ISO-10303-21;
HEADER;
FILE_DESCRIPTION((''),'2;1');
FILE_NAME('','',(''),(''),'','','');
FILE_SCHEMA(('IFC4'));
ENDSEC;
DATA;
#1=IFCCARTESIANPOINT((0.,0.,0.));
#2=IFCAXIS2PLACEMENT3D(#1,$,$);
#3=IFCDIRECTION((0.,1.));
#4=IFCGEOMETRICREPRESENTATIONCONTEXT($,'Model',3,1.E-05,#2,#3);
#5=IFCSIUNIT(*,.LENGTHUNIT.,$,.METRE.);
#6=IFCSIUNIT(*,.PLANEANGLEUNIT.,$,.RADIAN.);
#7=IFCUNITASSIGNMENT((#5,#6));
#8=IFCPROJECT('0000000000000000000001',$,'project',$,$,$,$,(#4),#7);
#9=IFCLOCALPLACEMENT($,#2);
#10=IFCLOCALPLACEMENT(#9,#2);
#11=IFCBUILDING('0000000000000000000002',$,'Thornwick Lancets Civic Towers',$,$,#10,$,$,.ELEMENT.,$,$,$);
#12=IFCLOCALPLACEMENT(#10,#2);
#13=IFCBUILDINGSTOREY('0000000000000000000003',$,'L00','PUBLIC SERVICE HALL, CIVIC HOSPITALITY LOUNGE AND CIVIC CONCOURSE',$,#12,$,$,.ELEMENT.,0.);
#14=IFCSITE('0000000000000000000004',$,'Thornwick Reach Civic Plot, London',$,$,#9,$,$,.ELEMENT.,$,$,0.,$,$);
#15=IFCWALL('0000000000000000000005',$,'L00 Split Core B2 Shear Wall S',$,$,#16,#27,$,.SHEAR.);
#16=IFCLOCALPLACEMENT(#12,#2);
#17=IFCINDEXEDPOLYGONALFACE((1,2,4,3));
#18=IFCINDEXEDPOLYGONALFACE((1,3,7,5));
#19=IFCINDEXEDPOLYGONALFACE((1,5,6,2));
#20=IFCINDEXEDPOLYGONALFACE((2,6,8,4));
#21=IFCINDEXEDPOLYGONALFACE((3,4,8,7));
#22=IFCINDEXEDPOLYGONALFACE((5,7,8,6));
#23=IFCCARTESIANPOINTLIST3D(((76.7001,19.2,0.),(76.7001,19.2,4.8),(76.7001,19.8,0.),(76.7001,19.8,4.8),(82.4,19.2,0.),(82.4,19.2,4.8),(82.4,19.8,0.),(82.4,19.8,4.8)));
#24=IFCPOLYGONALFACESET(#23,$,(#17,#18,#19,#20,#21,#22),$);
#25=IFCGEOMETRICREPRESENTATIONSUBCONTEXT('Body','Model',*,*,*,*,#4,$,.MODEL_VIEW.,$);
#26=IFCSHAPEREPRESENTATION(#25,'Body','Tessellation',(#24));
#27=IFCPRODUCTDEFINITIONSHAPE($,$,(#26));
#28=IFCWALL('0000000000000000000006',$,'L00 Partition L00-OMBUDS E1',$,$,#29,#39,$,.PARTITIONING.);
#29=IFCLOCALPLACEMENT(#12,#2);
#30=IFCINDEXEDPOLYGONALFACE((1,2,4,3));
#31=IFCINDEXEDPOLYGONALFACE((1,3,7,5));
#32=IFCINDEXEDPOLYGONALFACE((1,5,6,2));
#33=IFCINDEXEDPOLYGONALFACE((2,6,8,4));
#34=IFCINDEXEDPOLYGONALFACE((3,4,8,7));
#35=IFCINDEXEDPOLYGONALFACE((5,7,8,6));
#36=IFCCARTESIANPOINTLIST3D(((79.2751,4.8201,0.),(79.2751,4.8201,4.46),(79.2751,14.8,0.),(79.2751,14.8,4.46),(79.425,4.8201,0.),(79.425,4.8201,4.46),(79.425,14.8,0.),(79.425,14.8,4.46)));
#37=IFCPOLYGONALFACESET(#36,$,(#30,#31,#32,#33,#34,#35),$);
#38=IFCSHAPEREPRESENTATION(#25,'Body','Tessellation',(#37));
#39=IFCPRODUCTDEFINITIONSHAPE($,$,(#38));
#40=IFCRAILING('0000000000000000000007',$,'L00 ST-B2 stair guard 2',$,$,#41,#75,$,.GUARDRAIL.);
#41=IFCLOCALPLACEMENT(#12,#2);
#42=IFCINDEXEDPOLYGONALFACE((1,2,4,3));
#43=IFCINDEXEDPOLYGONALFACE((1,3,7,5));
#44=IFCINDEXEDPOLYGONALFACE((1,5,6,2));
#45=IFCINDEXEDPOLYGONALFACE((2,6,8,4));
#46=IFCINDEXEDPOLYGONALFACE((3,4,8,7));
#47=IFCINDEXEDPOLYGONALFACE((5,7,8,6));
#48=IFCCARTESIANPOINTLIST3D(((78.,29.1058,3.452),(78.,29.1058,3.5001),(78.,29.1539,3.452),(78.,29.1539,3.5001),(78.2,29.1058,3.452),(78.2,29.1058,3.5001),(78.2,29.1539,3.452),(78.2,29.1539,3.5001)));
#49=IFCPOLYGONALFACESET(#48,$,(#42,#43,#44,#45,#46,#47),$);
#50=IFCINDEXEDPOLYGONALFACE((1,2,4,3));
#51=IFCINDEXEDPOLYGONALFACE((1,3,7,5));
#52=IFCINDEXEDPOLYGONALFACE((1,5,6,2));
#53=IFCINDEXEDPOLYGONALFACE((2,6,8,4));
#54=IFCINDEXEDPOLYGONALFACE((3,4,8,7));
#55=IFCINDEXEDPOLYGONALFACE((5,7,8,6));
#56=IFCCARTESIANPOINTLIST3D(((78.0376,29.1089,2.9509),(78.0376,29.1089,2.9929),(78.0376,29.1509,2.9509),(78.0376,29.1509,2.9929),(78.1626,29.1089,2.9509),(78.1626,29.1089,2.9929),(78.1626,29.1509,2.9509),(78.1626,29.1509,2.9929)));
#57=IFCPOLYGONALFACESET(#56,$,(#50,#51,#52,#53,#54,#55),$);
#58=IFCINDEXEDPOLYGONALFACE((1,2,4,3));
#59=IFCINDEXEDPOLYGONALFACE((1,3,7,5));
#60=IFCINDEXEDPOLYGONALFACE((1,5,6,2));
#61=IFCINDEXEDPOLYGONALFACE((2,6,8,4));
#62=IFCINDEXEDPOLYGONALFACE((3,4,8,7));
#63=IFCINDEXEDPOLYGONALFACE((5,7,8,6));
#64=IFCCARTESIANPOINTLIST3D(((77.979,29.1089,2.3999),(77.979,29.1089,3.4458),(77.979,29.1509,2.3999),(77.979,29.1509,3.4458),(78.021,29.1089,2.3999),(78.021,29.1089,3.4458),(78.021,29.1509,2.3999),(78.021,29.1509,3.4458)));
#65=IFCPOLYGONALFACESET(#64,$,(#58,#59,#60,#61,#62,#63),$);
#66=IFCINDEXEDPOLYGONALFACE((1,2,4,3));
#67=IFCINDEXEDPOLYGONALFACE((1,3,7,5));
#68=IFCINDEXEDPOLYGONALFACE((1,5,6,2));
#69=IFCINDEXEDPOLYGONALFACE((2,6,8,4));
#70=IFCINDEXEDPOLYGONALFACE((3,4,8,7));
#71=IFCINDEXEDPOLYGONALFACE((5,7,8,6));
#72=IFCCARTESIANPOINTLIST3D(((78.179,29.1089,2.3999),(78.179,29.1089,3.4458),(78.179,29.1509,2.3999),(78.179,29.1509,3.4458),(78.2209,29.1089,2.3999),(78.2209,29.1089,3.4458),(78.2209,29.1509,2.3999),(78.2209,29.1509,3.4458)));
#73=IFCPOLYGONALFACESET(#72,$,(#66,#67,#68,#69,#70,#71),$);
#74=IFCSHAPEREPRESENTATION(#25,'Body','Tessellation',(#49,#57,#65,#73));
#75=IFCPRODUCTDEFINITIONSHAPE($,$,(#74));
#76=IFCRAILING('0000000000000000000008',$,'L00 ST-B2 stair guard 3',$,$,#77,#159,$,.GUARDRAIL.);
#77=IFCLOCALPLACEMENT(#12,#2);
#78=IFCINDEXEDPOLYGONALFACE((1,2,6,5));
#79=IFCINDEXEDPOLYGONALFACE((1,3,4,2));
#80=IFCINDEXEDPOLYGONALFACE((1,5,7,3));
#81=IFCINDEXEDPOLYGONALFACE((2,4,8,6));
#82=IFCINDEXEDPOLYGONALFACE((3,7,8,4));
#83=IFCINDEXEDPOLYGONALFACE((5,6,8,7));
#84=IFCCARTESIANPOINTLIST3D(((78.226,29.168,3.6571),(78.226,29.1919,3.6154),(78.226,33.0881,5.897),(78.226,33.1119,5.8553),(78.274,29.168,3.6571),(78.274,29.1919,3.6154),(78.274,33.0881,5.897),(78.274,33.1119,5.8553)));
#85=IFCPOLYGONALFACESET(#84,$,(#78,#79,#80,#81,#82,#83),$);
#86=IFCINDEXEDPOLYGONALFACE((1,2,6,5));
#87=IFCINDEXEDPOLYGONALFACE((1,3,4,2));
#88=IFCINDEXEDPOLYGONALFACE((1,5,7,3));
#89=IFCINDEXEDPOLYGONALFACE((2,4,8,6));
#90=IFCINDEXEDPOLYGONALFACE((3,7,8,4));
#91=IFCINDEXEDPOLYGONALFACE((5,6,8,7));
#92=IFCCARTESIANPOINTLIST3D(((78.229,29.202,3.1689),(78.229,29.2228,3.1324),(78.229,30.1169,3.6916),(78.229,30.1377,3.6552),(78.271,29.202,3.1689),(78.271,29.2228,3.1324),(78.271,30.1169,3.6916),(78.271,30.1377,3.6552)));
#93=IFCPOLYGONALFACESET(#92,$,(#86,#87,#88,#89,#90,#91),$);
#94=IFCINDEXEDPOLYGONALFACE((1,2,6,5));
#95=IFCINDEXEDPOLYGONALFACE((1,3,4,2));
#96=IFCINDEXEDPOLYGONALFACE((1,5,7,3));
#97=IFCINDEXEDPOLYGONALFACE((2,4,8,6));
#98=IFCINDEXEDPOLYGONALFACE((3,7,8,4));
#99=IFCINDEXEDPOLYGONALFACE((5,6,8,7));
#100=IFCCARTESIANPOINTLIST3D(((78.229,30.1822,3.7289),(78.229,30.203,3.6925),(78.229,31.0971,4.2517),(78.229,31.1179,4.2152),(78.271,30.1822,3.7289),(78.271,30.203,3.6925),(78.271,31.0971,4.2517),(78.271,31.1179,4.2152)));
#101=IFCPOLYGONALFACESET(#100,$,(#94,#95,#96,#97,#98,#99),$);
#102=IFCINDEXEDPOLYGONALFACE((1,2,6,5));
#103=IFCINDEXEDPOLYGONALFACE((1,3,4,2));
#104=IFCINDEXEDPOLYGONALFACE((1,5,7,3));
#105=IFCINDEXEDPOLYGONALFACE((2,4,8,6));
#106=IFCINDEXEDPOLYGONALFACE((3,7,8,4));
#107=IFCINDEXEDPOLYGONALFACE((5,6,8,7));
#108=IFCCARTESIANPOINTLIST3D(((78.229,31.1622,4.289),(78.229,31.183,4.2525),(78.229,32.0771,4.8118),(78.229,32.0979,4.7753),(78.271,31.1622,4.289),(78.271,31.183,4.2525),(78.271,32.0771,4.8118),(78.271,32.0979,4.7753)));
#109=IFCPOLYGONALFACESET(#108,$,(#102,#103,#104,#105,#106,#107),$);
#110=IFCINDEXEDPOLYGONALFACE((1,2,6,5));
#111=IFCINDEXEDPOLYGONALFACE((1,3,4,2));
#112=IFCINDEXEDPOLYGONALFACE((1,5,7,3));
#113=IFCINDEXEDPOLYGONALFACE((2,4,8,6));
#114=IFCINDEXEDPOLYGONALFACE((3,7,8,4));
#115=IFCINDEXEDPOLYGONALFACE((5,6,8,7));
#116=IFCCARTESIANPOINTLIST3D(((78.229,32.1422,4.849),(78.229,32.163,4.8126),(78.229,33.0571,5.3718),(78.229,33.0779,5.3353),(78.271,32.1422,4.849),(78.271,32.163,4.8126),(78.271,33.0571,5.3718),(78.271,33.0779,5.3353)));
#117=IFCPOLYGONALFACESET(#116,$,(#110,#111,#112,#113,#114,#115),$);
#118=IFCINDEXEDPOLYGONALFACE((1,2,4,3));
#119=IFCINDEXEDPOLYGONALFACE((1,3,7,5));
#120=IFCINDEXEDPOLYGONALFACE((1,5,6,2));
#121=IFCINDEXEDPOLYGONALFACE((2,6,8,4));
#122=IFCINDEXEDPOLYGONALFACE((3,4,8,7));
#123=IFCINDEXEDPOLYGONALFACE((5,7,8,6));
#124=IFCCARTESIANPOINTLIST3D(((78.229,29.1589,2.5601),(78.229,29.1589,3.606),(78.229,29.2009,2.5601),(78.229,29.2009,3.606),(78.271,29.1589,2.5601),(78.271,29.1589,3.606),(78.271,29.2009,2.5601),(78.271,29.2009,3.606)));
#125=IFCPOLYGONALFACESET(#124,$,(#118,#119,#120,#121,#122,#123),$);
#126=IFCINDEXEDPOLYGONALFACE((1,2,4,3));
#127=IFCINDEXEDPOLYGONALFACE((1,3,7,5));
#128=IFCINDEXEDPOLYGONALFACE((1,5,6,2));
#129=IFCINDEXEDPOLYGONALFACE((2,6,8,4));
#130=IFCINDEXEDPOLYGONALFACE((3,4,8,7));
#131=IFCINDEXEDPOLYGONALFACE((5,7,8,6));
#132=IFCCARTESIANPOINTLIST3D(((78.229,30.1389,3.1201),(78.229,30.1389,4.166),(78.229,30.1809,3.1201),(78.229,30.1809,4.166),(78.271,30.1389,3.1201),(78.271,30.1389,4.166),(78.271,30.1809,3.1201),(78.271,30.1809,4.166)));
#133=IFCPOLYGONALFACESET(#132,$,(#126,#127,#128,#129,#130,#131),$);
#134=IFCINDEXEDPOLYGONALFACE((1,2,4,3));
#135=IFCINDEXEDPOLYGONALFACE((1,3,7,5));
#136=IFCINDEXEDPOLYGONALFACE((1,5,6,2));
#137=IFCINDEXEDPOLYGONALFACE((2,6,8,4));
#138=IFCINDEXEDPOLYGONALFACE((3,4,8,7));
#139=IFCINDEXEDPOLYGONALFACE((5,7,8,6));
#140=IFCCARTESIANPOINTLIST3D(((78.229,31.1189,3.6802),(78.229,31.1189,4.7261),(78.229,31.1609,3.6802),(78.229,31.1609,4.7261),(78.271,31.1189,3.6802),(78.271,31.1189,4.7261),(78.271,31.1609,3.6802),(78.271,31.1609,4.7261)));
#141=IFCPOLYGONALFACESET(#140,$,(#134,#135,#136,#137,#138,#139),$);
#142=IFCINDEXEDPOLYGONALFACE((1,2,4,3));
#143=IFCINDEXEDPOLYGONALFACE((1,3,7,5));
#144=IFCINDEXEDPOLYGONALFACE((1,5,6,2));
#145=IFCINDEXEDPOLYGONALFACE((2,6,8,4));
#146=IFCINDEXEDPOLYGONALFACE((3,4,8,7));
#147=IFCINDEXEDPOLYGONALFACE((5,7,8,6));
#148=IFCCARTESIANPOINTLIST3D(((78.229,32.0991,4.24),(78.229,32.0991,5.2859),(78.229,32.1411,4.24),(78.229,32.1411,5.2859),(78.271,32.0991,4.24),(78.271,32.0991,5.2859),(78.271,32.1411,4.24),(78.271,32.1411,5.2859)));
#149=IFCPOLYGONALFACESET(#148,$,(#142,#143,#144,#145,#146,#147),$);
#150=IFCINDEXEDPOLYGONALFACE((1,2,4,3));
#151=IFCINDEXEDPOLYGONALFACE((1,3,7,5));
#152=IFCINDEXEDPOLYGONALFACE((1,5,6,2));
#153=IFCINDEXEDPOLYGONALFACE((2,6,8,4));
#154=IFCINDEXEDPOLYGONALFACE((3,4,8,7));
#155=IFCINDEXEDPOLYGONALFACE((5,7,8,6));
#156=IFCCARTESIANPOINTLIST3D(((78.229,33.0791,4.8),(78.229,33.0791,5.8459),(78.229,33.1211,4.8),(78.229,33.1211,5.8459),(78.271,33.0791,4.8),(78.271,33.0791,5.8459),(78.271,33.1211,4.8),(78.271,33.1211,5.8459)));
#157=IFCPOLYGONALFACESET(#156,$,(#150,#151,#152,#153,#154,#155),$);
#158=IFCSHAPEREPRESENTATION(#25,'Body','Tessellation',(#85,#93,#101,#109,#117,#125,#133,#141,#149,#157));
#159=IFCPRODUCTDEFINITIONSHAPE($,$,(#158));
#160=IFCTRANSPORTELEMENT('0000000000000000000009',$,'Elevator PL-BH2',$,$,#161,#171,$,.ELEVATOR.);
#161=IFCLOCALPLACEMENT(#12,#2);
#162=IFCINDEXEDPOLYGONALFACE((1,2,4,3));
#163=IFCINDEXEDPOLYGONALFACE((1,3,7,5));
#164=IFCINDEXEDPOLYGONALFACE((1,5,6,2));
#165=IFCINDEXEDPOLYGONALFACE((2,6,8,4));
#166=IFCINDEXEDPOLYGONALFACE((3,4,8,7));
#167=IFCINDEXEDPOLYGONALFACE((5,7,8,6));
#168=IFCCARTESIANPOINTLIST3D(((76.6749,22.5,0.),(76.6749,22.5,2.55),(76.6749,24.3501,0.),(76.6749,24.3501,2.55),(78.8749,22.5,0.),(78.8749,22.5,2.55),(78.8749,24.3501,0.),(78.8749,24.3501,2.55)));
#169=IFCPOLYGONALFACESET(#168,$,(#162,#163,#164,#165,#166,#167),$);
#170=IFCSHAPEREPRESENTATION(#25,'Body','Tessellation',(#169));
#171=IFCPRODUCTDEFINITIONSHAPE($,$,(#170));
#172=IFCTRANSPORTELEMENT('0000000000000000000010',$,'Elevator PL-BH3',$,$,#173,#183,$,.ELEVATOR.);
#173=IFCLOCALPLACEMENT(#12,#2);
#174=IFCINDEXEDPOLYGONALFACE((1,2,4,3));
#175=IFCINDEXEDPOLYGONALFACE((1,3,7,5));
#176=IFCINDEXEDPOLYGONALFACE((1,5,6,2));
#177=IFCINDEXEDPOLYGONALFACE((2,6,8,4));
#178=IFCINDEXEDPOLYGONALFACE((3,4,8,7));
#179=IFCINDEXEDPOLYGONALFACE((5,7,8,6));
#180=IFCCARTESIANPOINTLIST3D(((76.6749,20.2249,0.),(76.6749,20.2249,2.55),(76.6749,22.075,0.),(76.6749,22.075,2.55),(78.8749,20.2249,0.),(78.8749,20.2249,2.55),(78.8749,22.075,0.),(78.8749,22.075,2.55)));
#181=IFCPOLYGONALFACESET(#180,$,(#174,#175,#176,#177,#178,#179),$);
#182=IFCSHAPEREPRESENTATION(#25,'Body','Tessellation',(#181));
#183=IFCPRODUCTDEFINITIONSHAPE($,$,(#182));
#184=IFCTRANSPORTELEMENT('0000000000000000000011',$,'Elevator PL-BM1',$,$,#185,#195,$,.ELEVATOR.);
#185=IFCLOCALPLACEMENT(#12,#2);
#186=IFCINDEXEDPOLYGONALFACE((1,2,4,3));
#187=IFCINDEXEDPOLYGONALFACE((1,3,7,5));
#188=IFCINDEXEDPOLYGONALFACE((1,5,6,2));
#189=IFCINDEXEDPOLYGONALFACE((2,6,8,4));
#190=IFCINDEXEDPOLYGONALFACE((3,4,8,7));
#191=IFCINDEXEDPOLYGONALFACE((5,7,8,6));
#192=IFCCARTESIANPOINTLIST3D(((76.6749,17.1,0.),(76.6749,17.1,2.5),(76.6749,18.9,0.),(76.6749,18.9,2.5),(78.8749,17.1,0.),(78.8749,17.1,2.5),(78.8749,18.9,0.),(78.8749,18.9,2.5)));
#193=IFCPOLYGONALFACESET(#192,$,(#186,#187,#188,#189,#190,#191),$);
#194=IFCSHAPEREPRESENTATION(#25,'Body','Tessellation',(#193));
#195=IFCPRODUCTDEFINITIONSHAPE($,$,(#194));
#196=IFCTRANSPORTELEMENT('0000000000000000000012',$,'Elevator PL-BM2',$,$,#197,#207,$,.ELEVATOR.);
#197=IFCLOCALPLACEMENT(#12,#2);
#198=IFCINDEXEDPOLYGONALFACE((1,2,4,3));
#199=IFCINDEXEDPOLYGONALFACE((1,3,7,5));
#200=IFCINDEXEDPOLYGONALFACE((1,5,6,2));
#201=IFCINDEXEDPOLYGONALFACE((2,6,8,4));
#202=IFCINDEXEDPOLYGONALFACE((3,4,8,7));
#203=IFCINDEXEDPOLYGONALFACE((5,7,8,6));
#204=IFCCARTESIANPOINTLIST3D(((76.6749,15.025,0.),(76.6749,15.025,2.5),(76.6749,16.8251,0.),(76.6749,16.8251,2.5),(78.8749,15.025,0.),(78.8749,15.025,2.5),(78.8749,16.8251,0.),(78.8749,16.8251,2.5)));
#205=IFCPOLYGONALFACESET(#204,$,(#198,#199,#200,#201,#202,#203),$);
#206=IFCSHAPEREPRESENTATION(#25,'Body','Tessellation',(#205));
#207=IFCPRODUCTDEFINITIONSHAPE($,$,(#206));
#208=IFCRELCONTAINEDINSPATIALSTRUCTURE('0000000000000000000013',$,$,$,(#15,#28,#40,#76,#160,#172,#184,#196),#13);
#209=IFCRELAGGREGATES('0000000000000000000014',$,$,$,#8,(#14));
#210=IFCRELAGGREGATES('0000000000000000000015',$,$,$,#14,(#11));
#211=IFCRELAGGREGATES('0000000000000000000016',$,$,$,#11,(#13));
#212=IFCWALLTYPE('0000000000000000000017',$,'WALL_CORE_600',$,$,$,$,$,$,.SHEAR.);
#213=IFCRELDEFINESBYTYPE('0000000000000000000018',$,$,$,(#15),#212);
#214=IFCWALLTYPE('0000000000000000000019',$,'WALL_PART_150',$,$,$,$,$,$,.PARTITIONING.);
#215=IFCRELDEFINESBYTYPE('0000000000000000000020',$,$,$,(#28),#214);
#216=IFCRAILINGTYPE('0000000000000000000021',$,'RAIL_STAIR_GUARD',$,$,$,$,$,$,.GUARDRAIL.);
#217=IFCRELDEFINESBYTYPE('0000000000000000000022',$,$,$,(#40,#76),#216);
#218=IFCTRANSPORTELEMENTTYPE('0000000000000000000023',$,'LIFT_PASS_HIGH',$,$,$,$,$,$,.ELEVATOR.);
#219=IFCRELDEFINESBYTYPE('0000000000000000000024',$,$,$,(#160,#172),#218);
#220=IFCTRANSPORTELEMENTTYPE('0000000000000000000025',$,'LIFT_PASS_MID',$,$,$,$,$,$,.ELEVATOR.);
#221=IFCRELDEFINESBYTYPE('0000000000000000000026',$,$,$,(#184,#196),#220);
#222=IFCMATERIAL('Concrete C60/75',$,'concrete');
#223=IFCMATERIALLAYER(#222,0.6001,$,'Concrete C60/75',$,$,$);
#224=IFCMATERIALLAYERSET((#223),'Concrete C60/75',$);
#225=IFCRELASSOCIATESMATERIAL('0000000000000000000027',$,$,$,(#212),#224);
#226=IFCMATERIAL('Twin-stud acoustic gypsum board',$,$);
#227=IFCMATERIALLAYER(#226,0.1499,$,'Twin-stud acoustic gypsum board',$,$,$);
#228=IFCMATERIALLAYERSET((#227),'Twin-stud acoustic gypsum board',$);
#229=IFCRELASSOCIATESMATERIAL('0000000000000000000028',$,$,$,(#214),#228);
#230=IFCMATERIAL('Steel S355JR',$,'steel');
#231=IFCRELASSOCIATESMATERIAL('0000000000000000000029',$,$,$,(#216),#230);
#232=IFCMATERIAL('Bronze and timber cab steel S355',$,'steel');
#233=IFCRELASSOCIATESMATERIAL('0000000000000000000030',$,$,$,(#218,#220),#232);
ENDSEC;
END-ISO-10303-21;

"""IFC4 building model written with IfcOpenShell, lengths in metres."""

from ifc_helpers import new_model, si_unit, direction, frame, frame_2d, origin, origin_2d, place, context, subcontext, project, spatial, rectangle, extrude, material, layer, layer_set, type_object, element, save


model = new_model("IFC4")

# Units and contexts
model_context = context("Model", 3, precision=1e-05, world=origin(), true_north=direction((0.0, 1.0)))
body_context = subcontext(model_context, "Body", "Model", "MODEL_VIEW")
ifc_project = project(units=[si_unit("LENGTHUNIT", "METRE"), si_unit("PLANEANGLEUNIT", "RADIAN")], contexts=[model_context])

# Site, building, storey
site_placement = place(None, origin())
site = spatial("IfcSite", under=ifc_project, at=site_placement, Name="Thornwick Reach Civic Plot, London", CompositionType="ELEMENT", RefElevation=0.0)
building_placement = place(site_placement, origin())
building = spatial("IfcBuilding", under=site, at=building_placement, Name="Thornwick Lancets Civic Towers", CompositionType="ELEMENT")
storey_placement = place(building_placement, origin())
storey = spatial("IfcBuildingStorey", under=building, at=storey_placement, Name="L00", Description="PUBLIC SERVICE HALL, CIVIC HOSPITALITY LOUNGE AND CIVIC CONCOURSE", CompositionType="ELEMENT", Elevation=0.0)

# Walls
ifc_material_1 = material(Name="Concrete C60/75", Category="concrete")
ifc_layer_1 = layer(ifc_material_1, 0.6001, Name="Concrete C60/75")
ifc_layer_set_1 = layer_set([ifc_layer_1], Name="Concrete C60/75")
wall_type_1 = type_object("IfcWallType", Name="WALL_CORE_600", PredefinedType="SHEAR", material=ifc_layer_set_1)
wall_1_placement = place(storey_placement, frame((76.7, 19.5, 0.0), z_axis=(0.0, 0.0, 1.0), x_axis=(1.0, 0.0, 0.0)))
element("IfcWall", 1, at=wall_1_placement, inside=storey, type_object=wall_type_1, Name="L00 Split Core B2 Shear Wall S", PredefinedType="SHEAR", context=body_context, shape_type="SweptSolid", body=[
    extrude(rectangle(XDim=5.7, YDim=0.6001, at=frame_2d((2.8501, 0.0))), origin(), (0.0, 0.0, 1.0), 4.8),
])
ifc_material_2 = material(Name="Twin-stud acoustic gypsum board")
ifc_layer_2 = layer(ifc_material_2, 0.1499, Name="Twin-stud acoustic gypsum board")
ifc_layer_set_2 = layer_set([ifc_layer_2], Name="Twin-stud acoustic gypsum board")
wall_type_2 = type_object("IfcWallType", Name="WALL_PART_150", PredefinedType="PARTITIONING", material=ifc_layer_set_2)
wall_2_placement = place(storey_placement, frame((79.3501, 14.8, 0.0), z_axis=(0.0, 0.0, 1.0), x_axis=(0.0, -1.0, 0.0)))
element("IfcWall", 2, at=wall_2_placement, inside=storey, type_object=wall_type_2, Name="L00 Partition L00-OMBUDS E1", PredefinedType="PARTITIONING", context=body_context, shape_type="SweptSolid", body=[
    extrude(rectangle(XDim=9.98, YDim=0.1499, at=frame_2d((4.99, 0.0))), origin(), (0.0, 0.0, 1.0), 4.46),
])

# Railings
ifc_material_3 = material(Name="Steel S355JR", Category="steel")
railing_type = type_object("IfcRailingType", Name="RAIL_STAIR_GUARD", PredefinedType="GUARDRAIL", material=ifc_material_3)
railing_1_placement = place(storey_placement, frame((78.0, 29.1299, 2.3999)))
element("IfcRailing", 3, at=railing_1_placement, inside=storey, type_object=railing_type, Name="L00 ST-B2 stair guard 2", PredefinedType="GUARDRAIL", context=body_context, shape_type="SweptSolid", body=[
    extrude(rectangle(XDim=0.0481, YDim=0.0481, at=origin_2d()), frame((0.0, 0.0, 1.0762), z_axis=(1.0, 0.0, 0.0), x_axis=(0.0, 1.0, 0.0)), (0.0, 0.0, 1.0), 0.2),
    extrude(rectangle(XDim=0.042, YDim=0.042, at=origin_2d()), frame((0.0376, 0.0, 0.572), z_axis=(1.0, 0.0, 0.0), x_axis=(0.0, 1.0, 0.0)), (0.0, 0.0, 1.0), 0.125),
    extrude(rectangle(XDim=0.042, YDim=0.042, at=origin_2d()), origin(), (0.0, 0.0, 1.0), 1.0459),
    extrude(rectangle(XDim=0.042, YDim=0.042, at=origin_2d()), frame((0.2, 0.0, 0.0)), (0.0, 0.0, 1.0), 1.0459),
])
railing_2_placement = place(storey_placement, frame((78.25, 29.1799, 2.5601)))
element("IfcRailing", 4, at=railing_2_placement, inside=storey, type_object=railing_type, Name="L00 ST-B2 stair guard 3", PredefinedType="GUARDRAIL", context=body_context, shape_type="SweptSolid", body=[
    extrude(rectangle(XDim=0.0481, YDim=0.0481, at=origin_2d()), frame((0.0, 0.0, 1.0762), z_axis=(0.0, 0.868253, 0.496121), x_axis=(-1.0, 0.0, 0.0)), (0.0, 0.0, 1.0), 4.5149),
    extrude(rectangle(XDim=0.042, YDim=0.042, at=origin_2d()), frame((0.0, 0.0325, 0.5906), z_axis=(0.0, 0.868253, 0.496121), x_axis=(-1.0, 0.0, 0.0)), (0.0, 0.0, 1.0), 1.0537),
    extrude(rectangle(XDim=0.042, YDim=0.042, at=origin_2d()), frame((0.0, 1.0127, 1.1506), z_axis=(0.0, 0.868253, 0.496121), x_axis=(-1.0, 0.0, 0.0)), (0.0, 0.0, 1.0), 1.0537),
    extrude(rectangle(XDim=0.042, YDim=0.042, at=origin_2d()), frame((0.0, 1.9927, 1.7107), z_axis=(0.0, 0.868253, 0.496121), x_axis=(-1.0, 0.0, 0.0)), (0.0, 0.0, 1.0), 1.0537),
    extrude(rectangle(XDim=0.042, YDim=0.042, at=origin_2d()), frame((0.0, 2.9727, 2.2708), z_axis=(0.0, 0.868253, 0.496121), x_axis=(-1.0, 0.0, 0.0)), (0.0, 0.0, 1.0), 1.0537),
    extrude(rectangle(XDim=0.042, YDim=0.042, at=origin_2d()), origin(), (0.0, 0.0, 1.0), 1.0459),
    extrude(rectangle(XDim=0.042, YDim=0.042, at=origin_2d()), frame((0.0, 0.98, 0.5601)), (0.0, 0.0, 1.0), 1.0459),
    extrude(rectangle(XDim=0.042, YDim=0.042, at=origin_2d()), frame((0.0, 1.96, 1.1201)), (0.0, 0.0, 1.0), 1.0459),
    extrude(rectangle(XDim=0.042, YDim=0.042, at=origin_2d()), frame((0.0, 2.9402, 1.6799)), (0.0, 0.0, 1.0), 1.0459),
    extrude(rectangle(XDim=0.042, YDim=0.042, at=origin_2d()), frame((0.0, 3.9202, 2.24)), (0.0, 0.0, 1.0), 1.0459),
])

# Transport elements
ifc_material_4 = material(Name="Bronze and timber cab steel S355", Category="steel")
transport_element_type_1 = type_object("IfcTransportElementType", Name="LIFT_PASS_HIGH", PredefinedType="ELEVATOR", material=ifc_material_4)
for number, where, z_axis, x_axis, name in (
    (5, (77.7749, 23.425, 0.0), (0.0, 0.0, 1.0), (1.0, 0.0, 0.0), "Elevator PL-BH2"),
    (6, (77.7749, 21.1499, 0.0), (0.0, 0.0, 1.0), (1.0, 0.0, 0.0), "Elevator PL-BH3"),
):
    element("IfcTransportElement", number, at=place(storey_placement, frame(where, z_axis=z_axis, x_axis=x_axis)), inside=storey, type_object=transport_element_type_1, Name=name, PredefinedType="ELEVATOR", context=body_context, shape_type="SweptSolid", body=[
        extrude(rectangle(XDim=2.2, YDim=1.8501, at=origin_2d()), origin(), (0.0, 0.0, 1.0), 2.55),
    ])
transport_element_type_2 = type_object("IfcTransportElementType", Name="LIFT_PASS_MID", PredefinedType="ELEVATOR", material=ifc_material_4)
for number, where, z_axis, x_axis, name in (
    (7, (77.7749, 18.0, 0.0), (0.0, 0.0, 1.0), (1.0, 0.0, 0.0), "Elevator PL-BM1"),
    (8, (77.7749, 15.925, 0.0), (0.0, 0.0, 1.0), (1.0, 0.0, 0.0), "Elevator PL-BM2"),
):
    element("IfcTransportElement", number, at=place(storey_placement, frame(where, z_axis=z_axis, x_axis=x_axis)), inside=storey, type_object=transport_element_type_2, Name=name, PredefinedType="ELEVATOR", context=body_context, shape_type="SweptSolid", body=[
        extrude(rectangle(XDim=2.2, YDim=1.8, at=origin_2d()), origin(), (0.0, 0.0, 1.0), 2.5),
    ])

save(model, "model.ifc")
